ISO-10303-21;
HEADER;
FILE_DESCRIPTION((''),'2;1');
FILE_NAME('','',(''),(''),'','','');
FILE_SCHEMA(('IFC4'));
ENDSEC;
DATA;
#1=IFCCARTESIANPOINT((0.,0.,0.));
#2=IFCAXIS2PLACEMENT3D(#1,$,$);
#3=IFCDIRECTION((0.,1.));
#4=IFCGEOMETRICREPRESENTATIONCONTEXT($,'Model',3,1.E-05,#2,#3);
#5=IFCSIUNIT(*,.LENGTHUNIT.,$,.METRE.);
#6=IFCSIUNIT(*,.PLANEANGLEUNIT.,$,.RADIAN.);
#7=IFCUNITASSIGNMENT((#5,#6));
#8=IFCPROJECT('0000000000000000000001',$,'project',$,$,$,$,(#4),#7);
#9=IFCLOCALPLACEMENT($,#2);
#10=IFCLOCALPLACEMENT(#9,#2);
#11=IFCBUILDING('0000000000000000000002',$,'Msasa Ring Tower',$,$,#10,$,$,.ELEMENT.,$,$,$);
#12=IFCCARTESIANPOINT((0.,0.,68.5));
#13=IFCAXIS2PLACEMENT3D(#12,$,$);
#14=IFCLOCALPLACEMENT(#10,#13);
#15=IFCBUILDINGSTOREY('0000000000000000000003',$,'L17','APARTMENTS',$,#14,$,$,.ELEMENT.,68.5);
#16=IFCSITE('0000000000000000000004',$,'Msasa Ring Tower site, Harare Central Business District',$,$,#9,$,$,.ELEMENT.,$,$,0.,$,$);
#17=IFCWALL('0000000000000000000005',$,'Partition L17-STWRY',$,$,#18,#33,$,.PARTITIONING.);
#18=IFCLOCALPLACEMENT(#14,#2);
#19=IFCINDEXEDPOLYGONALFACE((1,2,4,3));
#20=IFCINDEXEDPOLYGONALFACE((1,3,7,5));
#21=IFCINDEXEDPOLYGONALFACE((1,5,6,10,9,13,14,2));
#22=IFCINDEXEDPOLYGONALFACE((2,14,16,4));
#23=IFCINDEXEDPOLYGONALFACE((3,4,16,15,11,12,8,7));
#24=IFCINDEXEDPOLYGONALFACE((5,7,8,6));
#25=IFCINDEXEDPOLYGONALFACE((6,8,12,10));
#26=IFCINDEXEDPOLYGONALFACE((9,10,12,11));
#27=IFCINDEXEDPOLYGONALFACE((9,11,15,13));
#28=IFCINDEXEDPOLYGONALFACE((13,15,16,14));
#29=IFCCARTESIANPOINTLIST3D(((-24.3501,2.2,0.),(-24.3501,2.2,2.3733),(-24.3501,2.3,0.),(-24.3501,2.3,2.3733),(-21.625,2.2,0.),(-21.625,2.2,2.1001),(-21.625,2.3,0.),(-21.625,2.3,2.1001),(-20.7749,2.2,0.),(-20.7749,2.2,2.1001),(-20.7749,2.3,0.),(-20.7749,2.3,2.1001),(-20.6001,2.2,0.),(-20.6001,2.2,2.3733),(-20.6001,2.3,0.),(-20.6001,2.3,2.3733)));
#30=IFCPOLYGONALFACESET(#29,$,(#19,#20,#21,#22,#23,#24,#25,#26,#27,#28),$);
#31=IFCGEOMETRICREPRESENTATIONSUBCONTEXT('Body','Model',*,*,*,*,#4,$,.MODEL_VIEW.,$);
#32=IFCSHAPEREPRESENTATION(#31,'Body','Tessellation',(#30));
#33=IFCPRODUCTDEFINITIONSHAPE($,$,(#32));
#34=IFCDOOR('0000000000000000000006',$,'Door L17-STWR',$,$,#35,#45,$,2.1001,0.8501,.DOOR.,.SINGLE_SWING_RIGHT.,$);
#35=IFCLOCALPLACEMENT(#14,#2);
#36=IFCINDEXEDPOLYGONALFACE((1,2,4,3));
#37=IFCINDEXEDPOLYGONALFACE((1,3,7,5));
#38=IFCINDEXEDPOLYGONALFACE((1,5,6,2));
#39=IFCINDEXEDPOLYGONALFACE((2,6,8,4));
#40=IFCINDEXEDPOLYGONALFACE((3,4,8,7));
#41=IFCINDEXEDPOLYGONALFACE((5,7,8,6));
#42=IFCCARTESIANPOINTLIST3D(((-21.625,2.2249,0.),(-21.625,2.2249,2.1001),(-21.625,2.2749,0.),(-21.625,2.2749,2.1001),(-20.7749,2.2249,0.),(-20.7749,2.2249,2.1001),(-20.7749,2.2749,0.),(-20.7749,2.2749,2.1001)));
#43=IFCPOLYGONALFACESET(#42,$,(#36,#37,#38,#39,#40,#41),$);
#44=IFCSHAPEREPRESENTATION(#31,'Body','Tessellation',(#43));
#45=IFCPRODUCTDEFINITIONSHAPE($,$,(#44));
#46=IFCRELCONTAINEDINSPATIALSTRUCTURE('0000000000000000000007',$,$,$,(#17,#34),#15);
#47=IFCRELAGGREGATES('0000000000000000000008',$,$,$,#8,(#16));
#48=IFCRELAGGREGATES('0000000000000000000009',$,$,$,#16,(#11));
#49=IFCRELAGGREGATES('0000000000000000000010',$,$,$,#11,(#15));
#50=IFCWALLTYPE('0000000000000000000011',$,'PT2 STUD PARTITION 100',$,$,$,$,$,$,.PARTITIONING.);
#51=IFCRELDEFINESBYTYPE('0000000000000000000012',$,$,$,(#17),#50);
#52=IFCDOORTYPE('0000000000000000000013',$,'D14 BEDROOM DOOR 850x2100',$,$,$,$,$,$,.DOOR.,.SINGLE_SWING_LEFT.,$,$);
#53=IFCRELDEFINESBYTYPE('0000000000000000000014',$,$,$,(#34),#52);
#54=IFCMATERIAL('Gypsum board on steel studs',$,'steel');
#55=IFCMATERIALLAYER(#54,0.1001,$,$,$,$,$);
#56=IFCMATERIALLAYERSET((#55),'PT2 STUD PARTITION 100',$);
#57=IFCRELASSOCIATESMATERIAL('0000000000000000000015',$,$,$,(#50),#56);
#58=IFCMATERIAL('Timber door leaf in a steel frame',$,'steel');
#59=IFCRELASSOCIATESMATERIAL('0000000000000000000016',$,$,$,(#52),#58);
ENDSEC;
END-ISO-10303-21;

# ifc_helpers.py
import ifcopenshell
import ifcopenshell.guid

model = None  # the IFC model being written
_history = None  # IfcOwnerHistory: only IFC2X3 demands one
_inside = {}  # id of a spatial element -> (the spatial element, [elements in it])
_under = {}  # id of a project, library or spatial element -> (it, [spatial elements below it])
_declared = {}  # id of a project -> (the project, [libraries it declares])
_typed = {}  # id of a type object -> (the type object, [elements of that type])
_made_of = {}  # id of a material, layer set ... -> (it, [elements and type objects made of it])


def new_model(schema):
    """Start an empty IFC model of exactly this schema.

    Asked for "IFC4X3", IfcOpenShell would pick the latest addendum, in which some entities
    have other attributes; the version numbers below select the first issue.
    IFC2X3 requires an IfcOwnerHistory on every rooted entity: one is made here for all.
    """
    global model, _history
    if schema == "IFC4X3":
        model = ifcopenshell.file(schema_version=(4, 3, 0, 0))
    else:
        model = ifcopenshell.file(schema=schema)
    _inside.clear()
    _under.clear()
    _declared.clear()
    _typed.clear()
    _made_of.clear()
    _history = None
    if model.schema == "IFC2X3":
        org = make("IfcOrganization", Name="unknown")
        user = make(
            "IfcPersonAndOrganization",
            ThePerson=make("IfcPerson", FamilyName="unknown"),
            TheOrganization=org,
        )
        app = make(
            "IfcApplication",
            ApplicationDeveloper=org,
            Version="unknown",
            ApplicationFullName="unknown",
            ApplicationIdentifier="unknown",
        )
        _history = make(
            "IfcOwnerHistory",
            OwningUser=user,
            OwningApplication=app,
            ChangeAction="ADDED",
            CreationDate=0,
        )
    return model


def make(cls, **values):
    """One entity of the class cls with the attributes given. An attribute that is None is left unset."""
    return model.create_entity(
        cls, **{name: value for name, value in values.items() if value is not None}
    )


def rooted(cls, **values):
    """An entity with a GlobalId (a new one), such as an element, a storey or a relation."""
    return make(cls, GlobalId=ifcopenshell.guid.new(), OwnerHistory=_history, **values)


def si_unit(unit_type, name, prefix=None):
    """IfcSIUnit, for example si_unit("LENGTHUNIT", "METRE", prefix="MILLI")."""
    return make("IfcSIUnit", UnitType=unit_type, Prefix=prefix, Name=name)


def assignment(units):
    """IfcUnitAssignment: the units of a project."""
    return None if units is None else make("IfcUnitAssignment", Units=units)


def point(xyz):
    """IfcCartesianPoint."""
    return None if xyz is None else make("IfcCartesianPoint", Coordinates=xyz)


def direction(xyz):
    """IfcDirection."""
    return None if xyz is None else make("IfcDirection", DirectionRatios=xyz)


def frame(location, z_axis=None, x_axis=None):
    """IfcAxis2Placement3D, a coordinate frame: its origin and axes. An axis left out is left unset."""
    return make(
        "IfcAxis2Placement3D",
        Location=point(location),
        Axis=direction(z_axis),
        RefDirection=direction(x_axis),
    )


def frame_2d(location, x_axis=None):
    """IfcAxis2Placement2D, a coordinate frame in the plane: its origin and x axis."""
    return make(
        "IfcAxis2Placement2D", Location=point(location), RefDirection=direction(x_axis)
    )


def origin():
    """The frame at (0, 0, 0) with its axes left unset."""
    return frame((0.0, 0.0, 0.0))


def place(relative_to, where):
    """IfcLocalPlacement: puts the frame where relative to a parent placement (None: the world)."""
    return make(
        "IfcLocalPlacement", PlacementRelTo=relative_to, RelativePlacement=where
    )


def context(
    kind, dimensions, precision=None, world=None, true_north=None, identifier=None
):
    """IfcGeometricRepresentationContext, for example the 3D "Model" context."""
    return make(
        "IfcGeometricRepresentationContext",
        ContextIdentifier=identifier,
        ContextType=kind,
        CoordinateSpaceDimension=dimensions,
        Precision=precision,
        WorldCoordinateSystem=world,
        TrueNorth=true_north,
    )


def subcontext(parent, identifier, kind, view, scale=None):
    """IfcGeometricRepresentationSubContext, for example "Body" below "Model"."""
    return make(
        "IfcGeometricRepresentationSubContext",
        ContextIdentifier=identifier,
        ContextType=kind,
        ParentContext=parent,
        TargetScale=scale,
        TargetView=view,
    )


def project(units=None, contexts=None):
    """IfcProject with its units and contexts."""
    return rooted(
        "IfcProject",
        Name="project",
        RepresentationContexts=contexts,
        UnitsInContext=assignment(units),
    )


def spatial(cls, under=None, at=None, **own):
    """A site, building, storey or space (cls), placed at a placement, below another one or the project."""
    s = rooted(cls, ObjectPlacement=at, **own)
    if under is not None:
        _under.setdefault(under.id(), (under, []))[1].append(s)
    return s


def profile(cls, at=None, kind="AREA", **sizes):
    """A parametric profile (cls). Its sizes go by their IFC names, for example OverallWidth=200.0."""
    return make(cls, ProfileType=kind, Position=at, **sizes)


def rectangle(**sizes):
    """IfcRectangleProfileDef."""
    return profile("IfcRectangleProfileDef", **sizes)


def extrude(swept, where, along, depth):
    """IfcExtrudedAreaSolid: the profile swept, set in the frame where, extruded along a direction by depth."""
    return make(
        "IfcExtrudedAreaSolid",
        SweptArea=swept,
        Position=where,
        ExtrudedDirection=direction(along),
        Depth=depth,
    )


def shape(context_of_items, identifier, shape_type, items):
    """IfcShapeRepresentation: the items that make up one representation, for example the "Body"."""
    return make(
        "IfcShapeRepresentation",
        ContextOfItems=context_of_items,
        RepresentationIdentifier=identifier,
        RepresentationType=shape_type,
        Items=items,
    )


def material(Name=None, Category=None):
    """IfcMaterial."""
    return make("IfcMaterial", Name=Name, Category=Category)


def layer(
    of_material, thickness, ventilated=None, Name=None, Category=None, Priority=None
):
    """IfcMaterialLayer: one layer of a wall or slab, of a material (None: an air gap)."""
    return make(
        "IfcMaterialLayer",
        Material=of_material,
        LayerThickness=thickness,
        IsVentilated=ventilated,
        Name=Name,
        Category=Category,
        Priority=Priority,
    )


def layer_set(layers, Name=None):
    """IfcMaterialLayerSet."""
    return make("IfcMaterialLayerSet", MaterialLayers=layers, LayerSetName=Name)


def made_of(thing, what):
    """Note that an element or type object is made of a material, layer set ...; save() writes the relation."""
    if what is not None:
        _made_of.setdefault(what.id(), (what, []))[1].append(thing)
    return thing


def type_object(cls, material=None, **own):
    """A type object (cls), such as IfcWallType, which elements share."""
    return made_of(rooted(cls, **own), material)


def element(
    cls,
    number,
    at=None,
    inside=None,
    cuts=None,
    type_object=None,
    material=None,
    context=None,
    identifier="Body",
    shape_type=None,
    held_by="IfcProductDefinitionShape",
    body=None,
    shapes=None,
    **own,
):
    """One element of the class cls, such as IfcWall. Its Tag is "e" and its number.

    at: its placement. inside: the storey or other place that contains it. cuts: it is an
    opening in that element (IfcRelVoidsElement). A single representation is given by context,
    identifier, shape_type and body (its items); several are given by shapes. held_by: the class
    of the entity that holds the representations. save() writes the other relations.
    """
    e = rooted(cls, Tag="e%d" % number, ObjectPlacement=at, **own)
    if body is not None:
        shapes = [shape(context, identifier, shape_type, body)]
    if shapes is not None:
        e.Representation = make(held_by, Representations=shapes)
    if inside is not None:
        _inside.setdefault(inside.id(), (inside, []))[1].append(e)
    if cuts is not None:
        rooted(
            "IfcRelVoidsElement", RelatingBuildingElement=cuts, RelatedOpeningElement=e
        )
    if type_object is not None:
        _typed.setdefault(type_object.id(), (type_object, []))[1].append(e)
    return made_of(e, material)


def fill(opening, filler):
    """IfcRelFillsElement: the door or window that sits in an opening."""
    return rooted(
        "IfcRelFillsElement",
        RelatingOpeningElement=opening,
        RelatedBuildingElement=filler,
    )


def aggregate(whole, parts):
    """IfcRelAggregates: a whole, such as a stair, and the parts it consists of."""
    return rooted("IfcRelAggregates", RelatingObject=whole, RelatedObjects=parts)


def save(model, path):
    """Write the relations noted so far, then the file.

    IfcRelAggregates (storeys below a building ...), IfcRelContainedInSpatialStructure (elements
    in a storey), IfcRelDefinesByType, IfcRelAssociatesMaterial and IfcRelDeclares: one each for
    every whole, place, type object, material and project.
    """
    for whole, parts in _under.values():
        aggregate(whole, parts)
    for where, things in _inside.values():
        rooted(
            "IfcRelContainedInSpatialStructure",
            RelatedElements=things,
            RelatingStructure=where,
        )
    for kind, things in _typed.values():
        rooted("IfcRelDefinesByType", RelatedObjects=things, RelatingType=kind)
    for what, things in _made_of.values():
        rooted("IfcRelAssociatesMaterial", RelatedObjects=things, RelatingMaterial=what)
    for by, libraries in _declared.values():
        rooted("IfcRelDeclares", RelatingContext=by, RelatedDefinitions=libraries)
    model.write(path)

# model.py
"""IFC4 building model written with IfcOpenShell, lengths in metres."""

from ifc_helpers import new_model, si_unit, direction, frame, frame_2d, origin, place, context, subcontext, project, spatial, rectangle, extrude, material, layer, layer_set, type_object, element, fill, save


model = new_model("IFC4")

# Units and contexts
model_context = context("Model", 3, precision=1e-05, world=origin(), true_north=direction((0.0, 1.0)))
body_context = subcontext(model_context, "Body", "Model", "MODEL_VIEW")
ifc_project = project(units=[si_unit("LENGTHUNIT", "METRE"), si_unit("PLANEANGLEUNIT", "RADIAN")], contexts=[model_context])

# Site, building, storey
site_placement = place(None, origin())
site = spatial("IfcSite", under=ifc_project, at=site_placement, Name="Msasa Ring Tower site, Harare Central Business District", CompositionType="ELEMENT", RefElevation=0.0)
building_placement = place(site_placement, origin())
building = spatial("IfcBuilding", under=site, at=building_placement, Name="Msasa Ring Tower", CompositionType="ELEMENT")
storey_placement = place(building_placement, frame((0.0, 0.0, 68.5)))
storey = spatial("IfcBuildingStorey", under=building, at=storey_placement, Name="L17", Description="APARTMENTS", CompositionType="ELEMENT", Elevation=68.5)

# Wall, opening, door
ifc_material_1 = material(Name="Gypsum board on steel studs", Category="steel")
ifc_layer_1 = layer(ifc_material_1, 0.1001)
ifc_layer_set_1 = layer_set([ifc_layer_1], Name="PT2 STUD PARTITION 100")
wall_type_1 = type_object("IfcWallType", Name="PT2 STUD PARTITION 100", PredefinedType="PARTITIONING", material=ifc_layer_set_1)
wall_1_placement = place(storey_placement, frame((-24.3501, 2.25, 0.0), z_axis=(0.0, 0.0, 1.0), x_axis=(1.0, 0.0, 0.0)))
wall_1 = element("IfcWall", 1, at=wall_1_placement, inside=storey, type_object=wall_type_1, Name="Partition L17-STWRY", PredefinedType="PARTITIONING", context=body_context, shape_type="SweptSolid", body=[
    extrude(rectangle(XDim=3.75, YDim=0.1001, at=frame_2d((1.875, 0.0))), origin(), (0.0, 0.0, 1.0), 2.3733),
])
opening_1_placement = place(wall_1_placement, frame((2.7251, 0.0, 0.0)))
opening_1 = element("IfcOpeningElement", 2, at=opening_1_placement, cuts=wall_1, PredefinedType="OPENING", context=body_context, shape_type="SweptSolid", body=[
    extrude(rectangle(XDim=0.8501, YDim=2.1001, at=frame_2d((0.425, 1.05))), frame((0.0, 0.0601, 0.0), z_axis=(0.0, -1.0, 0.0), x_axis=(1.0, 0.0, 0.0)), (0.0, 0.0, 1.0), 0.1201),
])
ifc_material_2 = material(Name="Timber door leaf in a steel frame", Category="steel")
door_type = type_object("IfcDoorType", Name="D14 BEDROOM DOOR 850x2100", OperationType="SINGLE_SWING_LEFT", PredefinedType="DOOR", material=ifc_material_2)
door_placement = place(opening_1_placement, origin())
door = element("IfcDoor", 3, at=door_placement, inside=storey, type_object=door_type, Name="Door L17-STWR", OperationType="SINGLE_SWING_RIGHT", OverallHeight=2.1001, OverallWidth=0.8501, PredefinedType="DOOR", context=body_context, shape_type="SweptSolid", body=[
    extrude(rectangle(XDim=0.8501, YDim=2.1001, at=frame_2d((0.425, 1.05))), frame((0.0, 0.0249, 0.0), z_axis=(0.0, -1.0, 0.0), x_axis=(1.0, 0.0, 0.0)), (0.0, 0.0, 1.0), 0.05),
])
fill(opening_1, door)

save(model, "model.ifc")
